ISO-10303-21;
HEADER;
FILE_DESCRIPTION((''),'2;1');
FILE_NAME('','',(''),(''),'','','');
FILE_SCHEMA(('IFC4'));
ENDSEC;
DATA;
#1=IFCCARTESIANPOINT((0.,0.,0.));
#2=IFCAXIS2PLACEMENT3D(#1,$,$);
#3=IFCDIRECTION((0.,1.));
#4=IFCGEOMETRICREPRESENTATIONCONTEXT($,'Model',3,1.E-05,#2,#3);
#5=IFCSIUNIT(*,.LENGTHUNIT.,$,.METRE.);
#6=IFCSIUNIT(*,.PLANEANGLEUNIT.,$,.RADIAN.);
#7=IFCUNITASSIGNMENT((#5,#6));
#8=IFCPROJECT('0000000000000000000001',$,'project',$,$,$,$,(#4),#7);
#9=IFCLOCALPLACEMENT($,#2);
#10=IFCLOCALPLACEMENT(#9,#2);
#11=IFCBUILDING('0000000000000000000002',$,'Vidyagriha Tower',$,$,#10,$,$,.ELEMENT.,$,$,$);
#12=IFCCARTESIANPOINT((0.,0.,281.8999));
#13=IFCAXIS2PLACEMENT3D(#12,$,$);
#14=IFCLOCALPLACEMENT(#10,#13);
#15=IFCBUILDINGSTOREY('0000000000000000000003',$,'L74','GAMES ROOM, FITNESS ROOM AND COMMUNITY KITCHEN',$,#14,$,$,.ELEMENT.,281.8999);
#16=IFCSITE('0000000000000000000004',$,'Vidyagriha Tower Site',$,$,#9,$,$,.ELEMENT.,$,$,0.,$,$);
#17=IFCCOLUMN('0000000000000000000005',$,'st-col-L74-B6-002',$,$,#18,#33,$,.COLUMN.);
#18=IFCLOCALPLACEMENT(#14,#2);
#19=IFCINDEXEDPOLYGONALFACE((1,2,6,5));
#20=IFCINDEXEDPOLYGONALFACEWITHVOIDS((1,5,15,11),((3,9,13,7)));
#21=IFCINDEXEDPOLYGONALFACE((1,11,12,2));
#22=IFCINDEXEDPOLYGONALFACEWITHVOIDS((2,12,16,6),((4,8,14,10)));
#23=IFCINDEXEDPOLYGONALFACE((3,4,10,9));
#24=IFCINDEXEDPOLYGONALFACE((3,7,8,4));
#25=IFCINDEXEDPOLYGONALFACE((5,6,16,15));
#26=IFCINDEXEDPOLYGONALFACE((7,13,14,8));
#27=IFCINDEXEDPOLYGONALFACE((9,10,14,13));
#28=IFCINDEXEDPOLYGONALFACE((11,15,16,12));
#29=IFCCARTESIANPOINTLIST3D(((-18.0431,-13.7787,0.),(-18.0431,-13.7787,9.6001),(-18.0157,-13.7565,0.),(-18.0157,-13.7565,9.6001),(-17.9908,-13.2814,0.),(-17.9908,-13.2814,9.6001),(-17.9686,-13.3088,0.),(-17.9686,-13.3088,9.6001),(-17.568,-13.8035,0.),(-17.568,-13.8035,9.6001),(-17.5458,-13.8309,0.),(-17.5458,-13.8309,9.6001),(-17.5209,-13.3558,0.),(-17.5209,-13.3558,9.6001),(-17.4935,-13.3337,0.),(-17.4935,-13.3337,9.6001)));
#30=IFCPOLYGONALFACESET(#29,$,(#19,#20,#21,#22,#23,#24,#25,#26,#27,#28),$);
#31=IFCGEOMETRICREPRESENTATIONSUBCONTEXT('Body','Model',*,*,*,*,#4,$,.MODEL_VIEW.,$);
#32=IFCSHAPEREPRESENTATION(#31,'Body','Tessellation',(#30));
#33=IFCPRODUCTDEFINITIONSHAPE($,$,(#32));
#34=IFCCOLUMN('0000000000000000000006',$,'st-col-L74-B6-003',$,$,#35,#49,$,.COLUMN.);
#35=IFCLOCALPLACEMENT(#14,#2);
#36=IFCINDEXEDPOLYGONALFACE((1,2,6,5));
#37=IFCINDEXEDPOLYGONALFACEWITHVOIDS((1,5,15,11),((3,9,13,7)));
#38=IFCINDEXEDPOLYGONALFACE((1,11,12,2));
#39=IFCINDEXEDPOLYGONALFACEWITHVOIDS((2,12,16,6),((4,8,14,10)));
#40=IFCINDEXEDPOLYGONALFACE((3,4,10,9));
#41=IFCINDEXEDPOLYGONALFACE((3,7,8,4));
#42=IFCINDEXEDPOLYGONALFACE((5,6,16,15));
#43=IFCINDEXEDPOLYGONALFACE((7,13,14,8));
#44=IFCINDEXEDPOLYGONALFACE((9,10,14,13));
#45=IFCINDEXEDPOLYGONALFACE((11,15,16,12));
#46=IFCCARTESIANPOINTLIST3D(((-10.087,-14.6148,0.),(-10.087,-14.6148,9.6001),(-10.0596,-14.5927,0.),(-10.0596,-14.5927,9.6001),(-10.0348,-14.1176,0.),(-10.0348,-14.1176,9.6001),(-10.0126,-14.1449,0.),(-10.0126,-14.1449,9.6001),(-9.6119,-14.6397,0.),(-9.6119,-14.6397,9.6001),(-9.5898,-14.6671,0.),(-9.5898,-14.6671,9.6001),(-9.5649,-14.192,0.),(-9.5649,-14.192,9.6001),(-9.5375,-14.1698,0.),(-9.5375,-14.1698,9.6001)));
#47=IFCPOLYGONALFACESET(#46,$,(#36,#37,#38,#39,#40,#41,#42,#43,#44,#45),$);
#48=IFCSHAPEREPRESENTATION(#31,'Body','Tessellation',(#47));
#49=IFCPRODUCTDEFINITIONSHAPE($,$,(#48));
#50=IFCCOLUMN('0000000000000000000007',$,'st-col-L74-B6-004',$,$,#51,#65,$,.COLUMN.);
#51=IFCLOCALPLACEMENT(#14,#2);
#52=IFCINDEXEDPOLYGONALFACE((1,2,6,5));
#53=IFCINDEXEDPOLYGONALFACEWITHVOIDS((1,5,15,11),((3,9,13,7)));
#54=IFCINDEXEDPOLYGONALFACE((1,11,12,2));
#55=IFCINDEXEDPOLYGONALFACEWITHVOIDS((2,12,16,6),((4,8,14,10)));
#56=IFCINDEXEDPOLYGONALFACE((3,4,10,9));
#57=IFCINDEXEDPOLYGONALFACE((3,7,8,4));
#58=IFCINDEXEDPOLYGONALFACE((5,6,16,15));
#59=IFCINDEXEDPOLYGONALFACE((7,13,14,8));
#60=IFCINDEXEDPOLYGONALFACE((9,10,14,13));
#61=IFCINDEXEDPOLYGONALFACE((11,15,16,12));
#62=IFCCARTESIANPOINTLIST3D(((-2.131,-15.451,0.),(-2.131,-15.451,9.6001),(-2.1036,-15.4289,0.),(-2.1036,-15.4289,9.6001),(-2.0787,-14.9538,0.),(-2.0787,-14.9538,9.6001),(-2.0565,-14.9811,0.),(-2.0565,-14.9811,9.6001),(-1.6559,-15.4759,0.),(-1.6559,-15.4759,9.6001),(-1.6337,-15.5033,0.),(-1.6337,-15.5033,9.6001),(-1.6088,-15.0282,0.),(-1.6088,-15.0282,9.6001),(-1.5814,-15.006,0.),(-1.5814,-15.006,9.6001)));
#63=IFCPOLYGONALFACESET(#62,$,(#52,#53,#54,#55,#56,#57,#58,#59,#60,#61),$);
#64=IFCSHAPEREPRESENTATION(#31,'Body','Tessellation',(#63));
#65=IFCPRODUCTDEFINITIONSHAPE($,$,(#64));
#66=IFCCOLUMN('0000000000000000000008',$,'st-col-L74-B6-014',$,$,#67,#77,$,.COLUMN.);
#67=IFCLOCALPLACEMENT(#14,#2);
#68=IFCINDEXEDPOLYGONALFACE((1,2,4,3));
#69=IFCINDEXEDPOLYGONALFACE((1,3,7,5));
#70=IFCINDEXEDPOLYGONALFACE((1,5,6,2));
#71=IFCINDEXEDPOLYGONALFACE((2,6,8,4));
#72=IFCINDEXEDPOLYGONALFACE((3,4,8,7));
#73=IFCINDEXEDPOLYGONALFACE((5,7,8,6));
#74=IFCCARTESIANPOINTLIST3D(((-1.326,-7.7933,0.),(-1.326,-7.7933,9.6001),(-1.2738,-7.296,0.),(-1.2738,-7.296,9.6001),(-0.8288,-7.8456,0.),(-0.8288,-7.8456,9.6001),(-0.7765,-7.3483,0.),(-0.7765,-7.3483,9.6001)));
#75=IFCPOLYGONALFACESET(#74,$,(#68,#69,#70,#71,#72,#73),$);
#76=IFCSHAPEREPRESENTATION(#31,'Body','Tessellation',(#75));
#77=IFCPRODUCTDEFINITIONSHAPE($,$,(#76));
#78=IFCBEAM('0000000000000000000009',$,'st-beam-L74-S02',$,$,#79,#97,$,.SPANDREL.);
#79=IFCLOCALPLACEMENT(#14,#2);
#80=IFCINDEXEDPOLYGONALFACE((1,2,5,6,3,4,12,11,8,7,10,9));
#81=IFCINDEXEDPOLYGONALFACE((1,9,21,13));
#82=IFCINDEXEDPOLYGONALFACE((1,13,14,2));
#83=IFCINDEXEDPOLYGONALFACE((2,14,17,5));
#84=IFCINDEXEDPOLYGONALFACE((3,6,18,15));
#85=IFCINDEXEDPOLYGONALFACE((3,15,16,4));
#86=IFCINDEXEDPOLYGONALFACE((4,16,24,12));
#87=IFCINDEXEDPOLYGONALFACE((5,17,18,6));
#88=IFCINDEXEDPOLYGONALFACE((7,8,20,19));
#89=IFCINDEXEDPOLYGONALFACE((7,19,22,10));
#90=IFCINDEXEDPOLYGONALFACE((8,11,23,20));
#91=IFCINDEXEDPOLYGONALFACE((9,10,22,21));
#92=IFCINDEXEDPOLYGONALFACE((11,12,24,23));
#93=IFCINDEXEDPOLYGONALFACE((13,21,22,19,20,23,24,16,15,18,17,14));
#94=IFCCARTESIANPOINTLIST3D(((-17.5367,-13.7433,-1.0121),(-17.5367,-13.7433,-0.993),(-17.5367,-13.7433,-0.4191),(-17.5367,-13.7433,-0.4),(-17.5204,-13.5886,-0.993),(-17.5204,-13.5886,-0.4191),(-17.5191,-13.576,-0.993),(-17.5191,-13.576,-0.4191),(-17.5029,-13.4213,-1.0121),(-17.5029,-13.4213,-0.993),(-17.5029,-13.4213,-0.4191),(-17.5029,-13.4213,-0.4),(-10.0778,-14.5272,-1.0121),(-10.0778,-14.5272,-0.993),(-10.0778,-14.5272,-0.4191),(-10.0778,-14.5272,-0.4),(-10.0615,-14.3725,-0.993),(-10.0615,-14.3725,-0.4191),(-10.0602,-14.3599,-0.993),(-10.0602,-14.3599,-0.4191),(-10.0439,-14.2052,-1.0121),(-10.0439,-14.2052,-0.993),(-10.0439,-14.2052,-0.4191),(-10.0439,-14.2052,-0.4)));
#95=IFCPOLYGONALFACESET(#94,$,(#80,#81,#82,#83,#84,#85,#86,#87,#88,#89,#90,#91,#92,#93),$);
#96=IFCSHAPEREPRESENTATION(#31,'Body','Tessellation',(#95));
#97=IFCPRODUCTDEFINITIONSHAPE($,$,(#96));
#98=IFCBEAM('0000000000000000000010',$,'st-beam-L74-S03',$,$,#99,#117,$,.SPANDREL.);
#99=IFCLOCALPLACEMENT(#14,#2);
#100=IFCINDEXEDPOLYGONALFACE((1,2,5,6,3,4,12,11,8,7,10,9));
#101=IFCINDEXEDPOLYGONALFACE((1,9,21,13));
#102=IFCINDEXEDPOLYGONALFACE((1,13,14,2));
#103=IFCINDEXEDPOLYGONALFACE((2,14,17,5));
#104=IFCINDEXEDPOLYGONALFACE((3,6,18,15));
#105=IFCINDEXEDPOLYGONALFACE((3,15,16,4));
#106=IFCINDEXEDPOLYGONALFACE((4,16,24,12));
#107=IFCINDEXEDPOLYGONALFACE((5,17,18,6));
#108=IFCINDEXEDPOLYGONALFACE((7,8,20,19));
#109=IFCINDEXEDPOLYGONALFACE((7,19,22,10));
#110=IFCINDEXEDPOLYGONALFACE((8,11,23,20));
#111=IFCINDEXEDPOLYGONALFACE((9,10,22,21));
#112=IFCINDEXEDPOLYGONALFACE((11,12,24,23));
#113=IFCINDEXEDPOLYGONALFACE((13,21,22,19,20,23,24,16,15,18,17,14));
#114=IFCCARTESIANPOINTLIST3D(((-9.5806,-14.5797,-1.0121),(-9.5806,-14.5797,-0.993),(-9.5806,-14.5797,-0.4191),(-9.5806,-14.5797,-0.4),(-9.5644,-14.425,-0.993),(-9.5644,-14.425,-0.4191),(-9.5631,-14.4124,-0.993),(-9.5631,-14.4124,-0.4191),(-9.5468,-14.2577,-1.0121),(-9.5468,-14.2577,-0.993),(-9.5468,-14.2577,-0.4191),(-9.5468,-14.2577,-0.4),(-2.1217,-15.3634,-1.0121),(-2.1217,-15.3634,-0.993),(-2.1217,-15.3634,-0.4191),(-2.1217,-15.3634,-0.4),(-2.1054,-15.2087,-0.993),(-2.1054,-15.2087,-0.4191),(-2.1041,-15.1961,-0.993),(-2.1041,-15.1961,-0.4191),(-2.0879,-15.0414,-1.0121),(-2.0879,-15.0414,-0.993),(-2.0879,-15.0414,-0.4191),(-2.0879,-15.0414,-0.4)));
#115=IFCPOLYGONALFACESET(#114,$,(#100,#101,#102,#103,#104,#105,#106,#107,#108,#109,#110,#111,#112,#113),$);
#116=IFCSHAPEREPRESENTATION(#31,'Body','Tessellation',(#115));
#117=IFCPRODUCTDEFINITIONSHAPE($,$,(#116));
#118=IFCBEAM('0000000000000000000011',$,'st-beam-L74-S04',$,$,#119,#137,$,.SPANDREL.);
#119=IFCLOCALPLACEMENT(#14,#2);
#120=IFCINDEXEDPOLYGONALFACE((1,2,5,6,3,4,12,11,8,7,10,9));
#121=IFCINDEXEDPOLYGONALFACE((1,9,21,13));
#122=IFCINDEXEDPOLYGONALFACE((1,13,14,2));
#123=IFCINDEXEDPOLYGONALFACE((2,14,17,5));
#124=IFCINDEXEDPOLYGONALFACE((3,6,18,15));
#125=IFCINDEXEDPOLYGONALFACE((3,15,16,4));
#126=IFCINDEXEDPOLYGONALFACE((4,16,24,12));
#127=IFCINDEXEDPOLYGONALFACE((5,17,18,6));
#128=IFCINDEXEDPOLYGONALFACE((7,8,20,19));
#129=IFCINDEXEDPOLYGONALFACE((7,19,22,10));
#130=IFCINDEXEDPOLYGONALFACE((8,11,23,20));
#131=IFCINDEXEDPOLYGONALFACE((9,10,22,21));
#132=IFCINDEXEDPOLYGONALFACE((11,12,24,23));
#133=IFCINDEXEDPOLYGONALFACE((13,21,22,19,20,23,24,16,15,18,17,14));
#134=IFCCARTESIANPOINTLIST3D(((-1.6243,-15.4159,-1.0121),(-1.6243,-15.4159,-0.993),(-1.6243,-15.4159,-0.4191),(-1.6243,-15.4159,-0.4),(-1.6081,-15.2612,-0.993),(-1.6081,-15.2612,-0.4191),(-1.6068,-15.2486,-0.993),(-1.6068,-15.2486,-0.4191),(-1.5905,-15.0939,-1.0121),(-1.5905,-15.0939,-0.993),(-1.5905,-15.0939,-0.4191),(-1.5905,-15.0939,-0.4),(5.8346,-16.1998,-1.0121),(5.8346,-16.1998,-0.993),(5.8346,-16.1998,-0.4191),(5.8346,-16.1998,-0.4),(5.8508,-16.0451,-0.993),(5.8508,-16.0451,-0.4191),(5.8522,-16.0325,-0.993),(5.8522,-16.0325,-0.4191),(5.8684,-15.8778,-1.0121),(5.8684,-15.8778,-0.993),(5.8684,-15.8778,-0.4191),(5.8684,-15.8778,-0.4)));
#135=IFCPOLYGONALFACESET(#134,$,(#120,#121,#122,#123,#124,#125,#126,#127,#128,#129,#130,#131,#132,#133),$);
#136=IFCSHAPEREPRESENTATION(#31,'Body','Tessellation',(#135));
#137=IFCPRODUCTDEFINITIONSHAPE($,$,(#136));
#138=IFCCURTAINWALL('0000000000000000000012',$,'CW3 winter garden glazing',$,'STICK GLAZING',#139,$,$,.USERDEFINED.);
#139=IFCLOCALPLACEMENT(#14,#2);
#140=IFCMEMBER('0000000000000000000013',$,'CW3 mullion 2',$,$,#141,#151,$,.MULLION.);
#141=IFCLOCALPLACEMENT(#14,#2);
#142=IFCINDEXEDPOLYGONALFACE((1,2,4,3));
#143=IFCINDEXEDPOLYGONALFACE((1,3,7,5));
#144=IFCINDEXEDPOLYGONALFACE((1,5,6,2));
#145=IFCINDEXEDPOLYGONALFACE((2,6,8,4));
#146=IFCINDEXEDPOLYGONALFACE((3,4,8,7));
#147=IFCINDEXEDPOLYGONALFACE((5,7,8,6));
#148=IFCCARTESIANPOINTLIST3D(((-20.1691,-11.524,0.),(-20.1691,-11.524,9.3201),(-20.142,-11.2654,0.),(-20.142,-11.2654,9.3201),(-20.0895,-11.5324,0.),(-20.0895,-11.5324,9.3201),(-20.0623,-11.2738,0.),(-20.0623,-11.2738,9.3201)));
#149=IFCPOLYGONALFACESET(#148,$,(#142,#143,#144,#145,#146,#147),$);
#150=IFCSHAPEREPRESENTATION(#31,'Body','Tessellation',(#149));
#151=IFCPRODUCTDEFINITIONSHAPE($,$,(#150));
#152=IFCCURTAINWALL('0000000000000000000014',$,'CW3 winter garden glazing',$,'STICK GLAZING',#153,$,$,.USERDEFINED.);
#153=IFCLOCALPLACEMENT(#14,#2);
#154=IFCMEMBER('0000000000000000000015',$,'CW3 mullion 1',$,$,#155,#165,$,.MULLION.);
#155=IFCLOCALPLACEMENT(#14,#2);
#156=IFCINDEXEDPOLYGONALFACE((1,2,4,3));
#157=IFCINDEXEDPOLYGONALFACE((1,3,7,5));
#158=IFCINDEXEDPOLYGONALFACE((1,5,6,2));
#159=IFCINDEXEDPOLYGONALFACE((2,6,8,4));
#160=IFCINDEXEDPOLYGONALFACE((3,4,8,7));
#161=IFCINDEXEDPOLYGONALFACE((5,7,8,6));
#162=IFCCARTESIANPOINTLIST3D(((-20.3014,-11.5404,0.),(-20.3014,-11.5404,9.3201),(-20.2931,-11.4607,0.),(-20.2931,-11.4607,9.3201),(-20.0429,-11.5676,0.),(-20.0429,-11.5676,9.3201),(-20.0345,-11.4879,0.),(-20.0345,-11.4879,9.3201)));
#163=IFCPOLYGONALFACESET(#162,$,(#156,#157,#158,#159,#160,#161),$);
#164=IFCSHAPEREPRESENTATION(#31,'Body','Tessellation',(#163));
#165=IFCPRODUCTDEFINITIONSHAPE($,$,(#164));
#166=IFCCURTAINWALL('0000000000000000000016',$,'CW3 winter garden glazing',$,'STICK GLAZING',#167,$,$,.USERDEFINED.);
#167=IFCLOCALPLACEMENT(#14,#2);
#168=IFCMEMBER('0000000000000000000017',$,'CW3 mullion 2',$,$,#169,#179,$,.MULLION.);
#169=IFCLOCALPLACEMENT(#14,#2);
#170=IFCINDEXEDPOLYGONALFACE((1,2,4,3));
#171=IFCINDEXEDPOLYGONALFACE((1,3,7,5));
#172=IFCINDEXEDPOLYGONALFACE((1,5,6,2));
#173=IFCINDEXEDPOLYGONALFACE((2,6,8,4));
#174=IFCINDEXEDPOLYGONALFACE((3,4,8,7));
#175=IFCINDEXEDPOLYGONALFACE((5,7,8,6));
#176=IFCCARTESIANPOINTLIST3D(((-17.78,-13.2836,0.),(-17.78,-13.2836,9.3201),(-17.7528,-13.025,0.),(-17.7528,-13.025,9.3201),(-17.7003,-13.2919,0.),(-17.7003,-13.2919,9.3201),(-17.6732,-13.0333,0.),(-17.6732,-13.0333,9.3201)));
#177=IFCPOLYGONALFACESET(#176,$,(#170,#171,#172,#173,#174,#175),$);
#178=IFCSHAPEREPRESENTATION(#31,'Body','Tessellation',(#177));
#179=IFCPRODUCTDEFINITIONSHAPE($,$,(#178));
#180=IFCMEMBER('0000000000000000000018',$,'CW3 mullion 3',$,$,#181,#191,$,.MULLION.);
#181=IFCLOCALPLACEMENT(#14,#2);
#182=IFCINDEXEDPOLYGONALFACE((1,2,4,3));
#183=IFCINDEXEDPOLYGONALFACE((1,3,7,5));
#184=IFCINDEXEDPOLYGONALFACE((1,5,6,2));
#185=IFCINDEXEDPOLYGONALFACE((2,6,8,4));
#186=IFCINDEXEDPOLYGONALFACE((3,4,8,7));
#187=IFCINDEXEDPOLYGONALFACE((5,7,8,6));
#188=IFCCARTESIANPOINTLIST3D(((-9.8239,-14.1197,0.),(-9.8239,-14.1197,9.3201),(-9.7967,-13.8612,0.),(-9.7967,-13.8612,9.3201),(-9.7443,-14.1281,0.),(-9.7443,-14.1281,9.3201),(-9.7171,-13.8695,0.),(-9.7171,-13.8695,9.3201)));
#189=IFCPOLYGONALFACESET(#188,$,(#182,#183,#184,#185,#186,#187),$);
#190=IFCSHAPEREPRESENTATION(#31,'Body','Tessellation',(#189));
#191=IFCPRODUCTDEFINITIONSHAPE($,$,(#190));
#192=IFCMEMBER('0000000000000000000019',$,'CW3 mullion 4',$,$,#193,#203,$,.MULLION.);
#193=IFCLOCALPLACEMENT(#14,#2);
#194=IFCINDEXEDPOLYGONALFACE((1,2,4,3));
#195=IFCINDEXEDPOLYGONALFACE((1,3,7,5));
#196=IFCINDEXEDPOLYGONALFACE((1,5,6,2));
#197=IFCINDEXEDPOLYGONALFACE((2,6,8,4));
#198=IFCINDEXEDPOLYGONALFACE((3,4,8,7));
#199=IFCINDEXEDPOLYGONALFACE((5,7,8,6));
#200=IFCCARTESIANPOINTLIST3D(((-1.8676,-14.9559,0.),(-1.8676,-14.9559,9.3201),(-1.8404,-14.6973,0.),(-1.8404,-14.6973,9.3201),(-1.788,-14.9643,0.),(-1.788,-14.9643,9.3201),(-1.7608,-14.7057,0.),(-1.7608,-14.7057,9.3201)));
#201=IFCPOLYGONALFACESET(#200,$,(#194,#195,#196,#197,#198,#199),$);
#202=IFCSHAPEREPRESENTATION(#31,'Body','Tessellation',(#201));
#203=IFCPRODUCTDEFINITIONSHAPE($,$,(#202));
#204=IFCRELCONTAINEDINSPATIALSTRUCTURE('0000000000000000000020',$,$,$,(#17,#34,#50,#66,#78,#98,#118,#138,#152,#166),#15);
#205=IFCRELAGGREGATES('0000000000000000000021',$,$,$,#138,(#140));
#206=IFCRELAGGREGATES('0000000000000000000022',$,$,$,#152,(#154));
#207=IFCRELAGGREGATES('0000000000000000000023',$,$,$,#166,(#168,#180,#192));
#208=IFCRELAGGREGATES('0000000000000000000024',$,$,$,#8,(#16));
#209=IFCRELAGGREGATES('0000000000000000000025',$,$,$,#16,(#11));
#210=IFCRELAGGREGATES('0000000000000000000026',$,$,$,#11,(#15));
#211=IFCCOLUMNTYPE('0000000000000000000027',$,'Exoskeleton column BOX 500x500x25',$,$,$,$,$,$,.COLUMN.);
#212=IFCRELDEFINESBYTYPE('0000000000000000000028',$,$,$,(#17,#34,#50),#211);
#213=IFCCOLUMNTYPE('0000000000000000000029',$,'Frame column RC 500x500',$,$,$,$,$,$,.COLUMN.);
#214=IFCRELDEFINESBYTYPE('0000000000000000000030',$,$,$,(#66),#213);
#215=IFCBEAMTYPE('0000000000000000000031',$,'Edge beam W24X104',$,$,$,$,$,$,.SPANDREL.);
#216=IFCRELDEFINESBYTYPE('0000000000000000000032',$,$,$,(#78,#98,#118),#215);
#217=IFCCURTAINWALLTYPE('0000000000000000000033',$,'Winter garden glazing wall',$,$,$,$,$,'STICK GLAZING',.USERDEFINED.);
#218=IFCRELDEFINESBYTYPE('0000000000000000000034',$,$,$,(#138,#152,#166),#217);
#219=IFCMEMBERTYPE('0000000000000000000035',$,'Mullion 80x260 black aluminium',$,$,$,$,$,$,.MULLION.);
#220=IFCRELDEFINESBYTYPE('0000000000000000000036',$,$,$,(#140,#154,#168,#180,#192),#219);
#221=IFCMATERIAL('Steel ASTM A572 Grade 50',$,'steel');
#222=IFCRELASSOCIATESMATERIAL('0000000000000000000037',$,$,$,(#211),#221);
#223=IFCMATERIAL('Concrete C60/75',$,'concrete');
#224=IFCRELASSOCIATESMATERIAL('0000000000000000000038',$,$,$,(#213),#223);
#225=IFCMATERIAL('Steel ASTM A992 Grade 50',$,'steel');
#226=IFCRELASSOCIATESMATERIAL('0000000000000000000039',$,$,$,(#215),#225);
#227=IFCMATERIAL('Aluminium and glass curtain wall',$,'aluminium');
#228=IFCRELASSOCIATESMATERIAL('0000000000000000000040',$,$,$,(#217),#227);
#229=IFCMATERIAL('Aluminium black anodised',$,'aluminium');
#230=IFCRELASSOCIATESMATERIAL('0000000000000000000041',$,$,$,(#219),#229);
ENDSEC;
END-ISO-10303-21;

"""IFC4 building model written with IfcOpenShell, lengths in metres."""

from ifc_helpers import new_model, si_unit, direction, frame, origin, origin_2d, place, context, subcontext, project, spatial, rectangle, hollow_rectangle, i_section, extrude, material, material_profile, profile_set, type_object, element, aggregate, save


model = new_model("IFC4")

# Units and contexts
model_context = context("Model", 3, precision=1e-05, world=origin(), true_north=direction((0.0, 1.0)))
body_context = subcontext(model_context, "Body", "Model", "MODEL_VIEW")
ifc_project = project(units=[si_unit("LENGTHUNIT", "METRE"), si_unit("PLANEANGLEUNIT", "RADIAN")], contexts=[model_context])

# Site, building, storey
site_placement = place(None, origin())
site = spatial("IfcSite", under=ifc_project, at=site_placement, Name="Vidyagriha Tower Site", CompositionType="ELEMENT", RefElevation=0.0)
building_placement = place(site_placement, origin())
building = spatial("IfcBuilding", under=site, at=building_placement, Name="Vidyagriha Tower", CompositionType="ELEMENT")
storey_placement = place(building_placement, frame((0.0, 0.0, 281.8999)))
storey = spatial("IfcBuildingStorey", under=building, at=storey_placement, Name="L74", Description="GAMES ROOM, FITNESS ROOM AND COMMUNITY KITCHEN", CompositionType="ELEMENT", Elevation=281.8999)

# Columns
ifc_material_1 = material(Name="Steel ASTM A572 Grade 50", Category="steel")
ifc_material_profile_1 = material_profile(ifc_material_1, hollow_rectangle(XDim=0.5, YDim=0.5, WallThickness=0.0249, at=origin_2d()), Name="BOX 500x500x25")
ifc_profile_set_1 = profile_set([ifc_material_profile_1], Name="Steel ASTM A572 Grade 50")
column_type_1 = type_object("IfcColumnType", Name="Exoskeleton column BOX 500x500x25", PredefinedType="COLUMN", material=ifc_profile_set_1)
for number, where, z_axis, x_axis, name in (
    (1, (-17.7683, -13.5562, 0.0), (0.0, 0.0, 1.0), (0.994522, -0.104528, 0.0), "st-col-L74-B6-002"),
    (2, (-9.8123, -14.3923, 0.0), (0.0, 0.0, 1.0), (0.994522, -0.104528, 0.0), "st-col-L74-B6-003"),
    (3, (-1.8562, -15.2285, 0.0), (0.0, 0.0, 1.0), (0.994522, -0.104528, 0.0), "st-col-L74-B6-004"),
):
    element("IfcColumn", number, at=place(storey_placement, frame(where, z_axis=z_axis, x_axis=x_axis)), inside=storey, type_object=column_type_1, Name=name, PredefinedType="COLUMN", context=body_context, shape_type="SweptSolid", body=[
        extrude(hollow_rectangle(XDim=0.5, YDim=0.5, WallThickness=0.0249, at=origin_2d()), origin(), (0.0, 0.0, 1.0), 9.6001),
    ])
ifc_material_2 = material(Name="Concrete C60/75", Category="concrete")
ifc_material_profile_2 = material_profile(ifc_material_2, rectangle(XDim=0.5, YDim=0.5, at=origin_2d()), Name="RC 500x500")
ifc_profile_set_2 = profile_set([ifc_material_profile_2], Name="Concrete C60/75")
column_type_2 = type_object("IfcColumnType", Name="Frame column RC 500x500", PredefinedType="COLUMN", material=ifc_profile_set_2)
column_placement = place(storey_placement, frame((-1.0513, -7.5708, 0.0), z_axis=(0.0, 0.0, 1.0), x_axis=(0.994522, -0.104528, 0.0)))
element("IfcColumn", 4, at=column_placement, inside=storey, type_object=column_type_2, Name="st-col-L74-B6-014", PredefinedType="COLUMN", context=body_context, shape_type="SweptSolid", body=[
    extrude(rectangle(XDim=0.5, YDim=0.5, at=origin_2d()), origin(), (0.0, 0.0, 1.0), 9.6001),
])

# Beams
ifc_material_3 = material(Name="Steel ASTM A992 Grade 50", Category="steel")
ifc_material_profile_3 = material_profile(ifc_material_3, i_section(OverallWidth=0.3237, OverallDepth=0.6121, WebThickness=0.0127, FlangeThickness=0.019, at=origin_2d()), Name="W24X104")
ifc_profile_set_3 = profile_set([ifc_material_profile_3], Name="Steel ASTM A992 Grade 50")
beam_type = type_object("IfcBeamType", Name="Edge beam W24X104", PredefinedType="SPANDREL", material=ifc_profile_set_3)
for number, where, z_axis, x_axis, name in (
    (5, (-17.5198, -13.5823, -0.7061), (0.994522, -0.104524, 0.0), (0.104524, 0.994522, 0.0), "st-beam-L74-S02"),
    (6, (-9.5637, -14.4187, -0.7061), (0.994526, -0.104492, 0.0), (0.104492, 0.994526, 0.0), "st-beam-L74-S03"),
    (7, (-1.6074, -15.2549, -0.7061), (0.994522, -0.104524, 0.0), (0.104524, 0.994522, 0.0), "st-beam-L74-S04"),
):
    element("IfcBeam", number, at=place(storey_placement, frame(where, z_axis=z_axis, x_axis=x_axis)), inside=storey, type_object=beam_type, Name=name, PredefinedType="SPANDREL", context=body_context, shape_type="SweptSolid", body=[
        extrude(i_section(OverallWidth=0.3237, OverallDepth=0.6121, WebThickness=0.0127, FlangeThickness=0.019, at=origin_2d()), origin(), (0.0, 0.0, 1.0), 7.5),
    ])

# Curtain walls, members
ifc_material_4 = material(Name="Aluminium and glass curtain wall", Category="aluminium")
curtain_wall_type = type_object("IfcCurtainWallType", Name="Winter garden glazing wall", ElementType="STICK GLAZING", PredefinedType="USERDEFINED", material=ifc_material_4)
curtain_wall_1_placement = place(storey_placement, origin())
curtain_wall_1 = element("IfcCurtainWall", 8, at=curtain_wall_1_placement, inside=storey, type_object=curtain_wall_type, Name="CW3 winter garden glazing", ObjectType="STICK GLAZING", PredefinedType="USERDEFINED")
ifc_material_5 = material(Name="Aluminium black anodised", Category="aluminium")
ifc_material_profile_4 = material_profile(ifc_material_5, rectangle(XDim=0.26, YDim=0.0801, at=origin_2d()), Name="Mullion 80x260 black aluminium")
ifc_profile_set_4 = profile_set([ifc_material_profile_4], Name="Aluminium black anodised")
member_type_1 = type_object("IfcMemberType", Name="Mullion 80x260 black aluminium", PredefinedType="MULLION", material=ifc_profile_set_4)
member_1_placement = place(storey_placement, frame((-20.1157, -11.3989, 0.0), z_axis=(0.0, 0.0, 1.0), x_axis=(0.104519, 0.994523, 0.0)))
member_1 = element("IfcMember", 9, at=member_1_placement, type_object=member_type_1, Name="CW3 mullion 2", PredefinedType="MULLION", context=body_context, shape_type="SweptSolid", body=[
    extrude(rectangle(XDim=0.26, YDim=0.0801, at=origin_2d()), origin(), (0.0, 0.0, 1.0), 9.3201),
])
aggregate(curtain_wall_1, [member_1])
curtain_wall_2_placement = place(storey_placement, origin())
curtain_wall_2 = element("IfcCurtainWall", 10, at=curtain_wall_2_placement, inside=storey, type_object=curtain_wall_type, Name="CW3 winter garden glazing", ObjectType="STICK GLAZING", PredefinedType="USERDEFINED")
member_2_placement = place(storey_placement, frame((-20.168, -11.5142, 0.0), z_axis=(0.0, 0.0, 1.0), x_axis=(0.994519, -0.104557, 0.0)))
member_2 = element("IfcMember", 11, at=member_2_placement, type_object=member_type_1, Name="CW3 mullion 1", PredefinedType="MULLION", context=body_context, shape_type="SweptSolid", body=[
    extrude(rectangle(XDim=0.26, YDim=0.0801, at=origin_2d()), origin(), (0.0, 0.0, 1.0), 9.3201),
])
aggregate(curtain_wall_2, [member_2])

# Curtain wall, members
curtain_wall_3_placement = place(storey_placement, origin())
curtain_wall_3 = element("IfcCurtainWall", 12, at=curtain_wall_3_placement, inside=storey, type_object=curtain_wall_type, Name="CW3 winter garden glazing", ObjectType="STICK GLAZING", PredefinedType="USERDEFINED")
member_3_placement = place(storey_placement, frame((-17.7266, -13.1584, 0.0), z_axis=(0.0, 0.0, 1.0), x_axis=(0.104528, 0.994522, 0.0)))
member_3 = element("IfcMember", 13, at=member_3_placement, type_object=member_type_1, Name="CW3 mullion 2", PredefinedType="MULLION", context=body_context, shape_type="SweptSolid", body=[
    extrude(rectangle(XDim=0.26, YDim=0.0801, at=origin_2d()), origin(), (0.0, 0.0, 1.0), 9.3201),
])
member_4_placement = place(storey_placement, frame((-9.7705, -13.9946, 0.0), z_axis=(0.0, 0.0, 1.0), x_axis=(0.104528, 0.994522, 0.0)))
member_4 = element("IfcMember", 14, at=member_4_placement, type_object=member_type_1, Name="CW3 mullion 3", PredefinedType="MULLION", context=body_context, shape_type="SweptSolid", body=[
    extrude(rectangle(XDim=0.26, YDim=0.0801, at=origin_2d()), origin(), (0.0, 0.0, 1.0), 9.3201),
])
member_5_placement = place(storey_placement, frame((-1.8142, -14.8308, 0.0), z_axis=(0.0, 0.0, 1.0), x_axis=(0.104528, 0.994522, 0.0)))
member_5 = element("IfcMember", 15, at=member_5_placement, type_object=member_type_1, Name="CW3 mullion 4", PredefinedType="MULLION", context=body_context, shape_type="SweptSolid", body=[
    extrude(rectangle(XDim=0.26, YDim=0.0801, at=origin_2d()), origin(), (0.0, 0.0, 1.0), 9.3201),
])
aggregate(curtain_wall_3, [member_3, member_4, member_5])

save(model, "model.ifc")
